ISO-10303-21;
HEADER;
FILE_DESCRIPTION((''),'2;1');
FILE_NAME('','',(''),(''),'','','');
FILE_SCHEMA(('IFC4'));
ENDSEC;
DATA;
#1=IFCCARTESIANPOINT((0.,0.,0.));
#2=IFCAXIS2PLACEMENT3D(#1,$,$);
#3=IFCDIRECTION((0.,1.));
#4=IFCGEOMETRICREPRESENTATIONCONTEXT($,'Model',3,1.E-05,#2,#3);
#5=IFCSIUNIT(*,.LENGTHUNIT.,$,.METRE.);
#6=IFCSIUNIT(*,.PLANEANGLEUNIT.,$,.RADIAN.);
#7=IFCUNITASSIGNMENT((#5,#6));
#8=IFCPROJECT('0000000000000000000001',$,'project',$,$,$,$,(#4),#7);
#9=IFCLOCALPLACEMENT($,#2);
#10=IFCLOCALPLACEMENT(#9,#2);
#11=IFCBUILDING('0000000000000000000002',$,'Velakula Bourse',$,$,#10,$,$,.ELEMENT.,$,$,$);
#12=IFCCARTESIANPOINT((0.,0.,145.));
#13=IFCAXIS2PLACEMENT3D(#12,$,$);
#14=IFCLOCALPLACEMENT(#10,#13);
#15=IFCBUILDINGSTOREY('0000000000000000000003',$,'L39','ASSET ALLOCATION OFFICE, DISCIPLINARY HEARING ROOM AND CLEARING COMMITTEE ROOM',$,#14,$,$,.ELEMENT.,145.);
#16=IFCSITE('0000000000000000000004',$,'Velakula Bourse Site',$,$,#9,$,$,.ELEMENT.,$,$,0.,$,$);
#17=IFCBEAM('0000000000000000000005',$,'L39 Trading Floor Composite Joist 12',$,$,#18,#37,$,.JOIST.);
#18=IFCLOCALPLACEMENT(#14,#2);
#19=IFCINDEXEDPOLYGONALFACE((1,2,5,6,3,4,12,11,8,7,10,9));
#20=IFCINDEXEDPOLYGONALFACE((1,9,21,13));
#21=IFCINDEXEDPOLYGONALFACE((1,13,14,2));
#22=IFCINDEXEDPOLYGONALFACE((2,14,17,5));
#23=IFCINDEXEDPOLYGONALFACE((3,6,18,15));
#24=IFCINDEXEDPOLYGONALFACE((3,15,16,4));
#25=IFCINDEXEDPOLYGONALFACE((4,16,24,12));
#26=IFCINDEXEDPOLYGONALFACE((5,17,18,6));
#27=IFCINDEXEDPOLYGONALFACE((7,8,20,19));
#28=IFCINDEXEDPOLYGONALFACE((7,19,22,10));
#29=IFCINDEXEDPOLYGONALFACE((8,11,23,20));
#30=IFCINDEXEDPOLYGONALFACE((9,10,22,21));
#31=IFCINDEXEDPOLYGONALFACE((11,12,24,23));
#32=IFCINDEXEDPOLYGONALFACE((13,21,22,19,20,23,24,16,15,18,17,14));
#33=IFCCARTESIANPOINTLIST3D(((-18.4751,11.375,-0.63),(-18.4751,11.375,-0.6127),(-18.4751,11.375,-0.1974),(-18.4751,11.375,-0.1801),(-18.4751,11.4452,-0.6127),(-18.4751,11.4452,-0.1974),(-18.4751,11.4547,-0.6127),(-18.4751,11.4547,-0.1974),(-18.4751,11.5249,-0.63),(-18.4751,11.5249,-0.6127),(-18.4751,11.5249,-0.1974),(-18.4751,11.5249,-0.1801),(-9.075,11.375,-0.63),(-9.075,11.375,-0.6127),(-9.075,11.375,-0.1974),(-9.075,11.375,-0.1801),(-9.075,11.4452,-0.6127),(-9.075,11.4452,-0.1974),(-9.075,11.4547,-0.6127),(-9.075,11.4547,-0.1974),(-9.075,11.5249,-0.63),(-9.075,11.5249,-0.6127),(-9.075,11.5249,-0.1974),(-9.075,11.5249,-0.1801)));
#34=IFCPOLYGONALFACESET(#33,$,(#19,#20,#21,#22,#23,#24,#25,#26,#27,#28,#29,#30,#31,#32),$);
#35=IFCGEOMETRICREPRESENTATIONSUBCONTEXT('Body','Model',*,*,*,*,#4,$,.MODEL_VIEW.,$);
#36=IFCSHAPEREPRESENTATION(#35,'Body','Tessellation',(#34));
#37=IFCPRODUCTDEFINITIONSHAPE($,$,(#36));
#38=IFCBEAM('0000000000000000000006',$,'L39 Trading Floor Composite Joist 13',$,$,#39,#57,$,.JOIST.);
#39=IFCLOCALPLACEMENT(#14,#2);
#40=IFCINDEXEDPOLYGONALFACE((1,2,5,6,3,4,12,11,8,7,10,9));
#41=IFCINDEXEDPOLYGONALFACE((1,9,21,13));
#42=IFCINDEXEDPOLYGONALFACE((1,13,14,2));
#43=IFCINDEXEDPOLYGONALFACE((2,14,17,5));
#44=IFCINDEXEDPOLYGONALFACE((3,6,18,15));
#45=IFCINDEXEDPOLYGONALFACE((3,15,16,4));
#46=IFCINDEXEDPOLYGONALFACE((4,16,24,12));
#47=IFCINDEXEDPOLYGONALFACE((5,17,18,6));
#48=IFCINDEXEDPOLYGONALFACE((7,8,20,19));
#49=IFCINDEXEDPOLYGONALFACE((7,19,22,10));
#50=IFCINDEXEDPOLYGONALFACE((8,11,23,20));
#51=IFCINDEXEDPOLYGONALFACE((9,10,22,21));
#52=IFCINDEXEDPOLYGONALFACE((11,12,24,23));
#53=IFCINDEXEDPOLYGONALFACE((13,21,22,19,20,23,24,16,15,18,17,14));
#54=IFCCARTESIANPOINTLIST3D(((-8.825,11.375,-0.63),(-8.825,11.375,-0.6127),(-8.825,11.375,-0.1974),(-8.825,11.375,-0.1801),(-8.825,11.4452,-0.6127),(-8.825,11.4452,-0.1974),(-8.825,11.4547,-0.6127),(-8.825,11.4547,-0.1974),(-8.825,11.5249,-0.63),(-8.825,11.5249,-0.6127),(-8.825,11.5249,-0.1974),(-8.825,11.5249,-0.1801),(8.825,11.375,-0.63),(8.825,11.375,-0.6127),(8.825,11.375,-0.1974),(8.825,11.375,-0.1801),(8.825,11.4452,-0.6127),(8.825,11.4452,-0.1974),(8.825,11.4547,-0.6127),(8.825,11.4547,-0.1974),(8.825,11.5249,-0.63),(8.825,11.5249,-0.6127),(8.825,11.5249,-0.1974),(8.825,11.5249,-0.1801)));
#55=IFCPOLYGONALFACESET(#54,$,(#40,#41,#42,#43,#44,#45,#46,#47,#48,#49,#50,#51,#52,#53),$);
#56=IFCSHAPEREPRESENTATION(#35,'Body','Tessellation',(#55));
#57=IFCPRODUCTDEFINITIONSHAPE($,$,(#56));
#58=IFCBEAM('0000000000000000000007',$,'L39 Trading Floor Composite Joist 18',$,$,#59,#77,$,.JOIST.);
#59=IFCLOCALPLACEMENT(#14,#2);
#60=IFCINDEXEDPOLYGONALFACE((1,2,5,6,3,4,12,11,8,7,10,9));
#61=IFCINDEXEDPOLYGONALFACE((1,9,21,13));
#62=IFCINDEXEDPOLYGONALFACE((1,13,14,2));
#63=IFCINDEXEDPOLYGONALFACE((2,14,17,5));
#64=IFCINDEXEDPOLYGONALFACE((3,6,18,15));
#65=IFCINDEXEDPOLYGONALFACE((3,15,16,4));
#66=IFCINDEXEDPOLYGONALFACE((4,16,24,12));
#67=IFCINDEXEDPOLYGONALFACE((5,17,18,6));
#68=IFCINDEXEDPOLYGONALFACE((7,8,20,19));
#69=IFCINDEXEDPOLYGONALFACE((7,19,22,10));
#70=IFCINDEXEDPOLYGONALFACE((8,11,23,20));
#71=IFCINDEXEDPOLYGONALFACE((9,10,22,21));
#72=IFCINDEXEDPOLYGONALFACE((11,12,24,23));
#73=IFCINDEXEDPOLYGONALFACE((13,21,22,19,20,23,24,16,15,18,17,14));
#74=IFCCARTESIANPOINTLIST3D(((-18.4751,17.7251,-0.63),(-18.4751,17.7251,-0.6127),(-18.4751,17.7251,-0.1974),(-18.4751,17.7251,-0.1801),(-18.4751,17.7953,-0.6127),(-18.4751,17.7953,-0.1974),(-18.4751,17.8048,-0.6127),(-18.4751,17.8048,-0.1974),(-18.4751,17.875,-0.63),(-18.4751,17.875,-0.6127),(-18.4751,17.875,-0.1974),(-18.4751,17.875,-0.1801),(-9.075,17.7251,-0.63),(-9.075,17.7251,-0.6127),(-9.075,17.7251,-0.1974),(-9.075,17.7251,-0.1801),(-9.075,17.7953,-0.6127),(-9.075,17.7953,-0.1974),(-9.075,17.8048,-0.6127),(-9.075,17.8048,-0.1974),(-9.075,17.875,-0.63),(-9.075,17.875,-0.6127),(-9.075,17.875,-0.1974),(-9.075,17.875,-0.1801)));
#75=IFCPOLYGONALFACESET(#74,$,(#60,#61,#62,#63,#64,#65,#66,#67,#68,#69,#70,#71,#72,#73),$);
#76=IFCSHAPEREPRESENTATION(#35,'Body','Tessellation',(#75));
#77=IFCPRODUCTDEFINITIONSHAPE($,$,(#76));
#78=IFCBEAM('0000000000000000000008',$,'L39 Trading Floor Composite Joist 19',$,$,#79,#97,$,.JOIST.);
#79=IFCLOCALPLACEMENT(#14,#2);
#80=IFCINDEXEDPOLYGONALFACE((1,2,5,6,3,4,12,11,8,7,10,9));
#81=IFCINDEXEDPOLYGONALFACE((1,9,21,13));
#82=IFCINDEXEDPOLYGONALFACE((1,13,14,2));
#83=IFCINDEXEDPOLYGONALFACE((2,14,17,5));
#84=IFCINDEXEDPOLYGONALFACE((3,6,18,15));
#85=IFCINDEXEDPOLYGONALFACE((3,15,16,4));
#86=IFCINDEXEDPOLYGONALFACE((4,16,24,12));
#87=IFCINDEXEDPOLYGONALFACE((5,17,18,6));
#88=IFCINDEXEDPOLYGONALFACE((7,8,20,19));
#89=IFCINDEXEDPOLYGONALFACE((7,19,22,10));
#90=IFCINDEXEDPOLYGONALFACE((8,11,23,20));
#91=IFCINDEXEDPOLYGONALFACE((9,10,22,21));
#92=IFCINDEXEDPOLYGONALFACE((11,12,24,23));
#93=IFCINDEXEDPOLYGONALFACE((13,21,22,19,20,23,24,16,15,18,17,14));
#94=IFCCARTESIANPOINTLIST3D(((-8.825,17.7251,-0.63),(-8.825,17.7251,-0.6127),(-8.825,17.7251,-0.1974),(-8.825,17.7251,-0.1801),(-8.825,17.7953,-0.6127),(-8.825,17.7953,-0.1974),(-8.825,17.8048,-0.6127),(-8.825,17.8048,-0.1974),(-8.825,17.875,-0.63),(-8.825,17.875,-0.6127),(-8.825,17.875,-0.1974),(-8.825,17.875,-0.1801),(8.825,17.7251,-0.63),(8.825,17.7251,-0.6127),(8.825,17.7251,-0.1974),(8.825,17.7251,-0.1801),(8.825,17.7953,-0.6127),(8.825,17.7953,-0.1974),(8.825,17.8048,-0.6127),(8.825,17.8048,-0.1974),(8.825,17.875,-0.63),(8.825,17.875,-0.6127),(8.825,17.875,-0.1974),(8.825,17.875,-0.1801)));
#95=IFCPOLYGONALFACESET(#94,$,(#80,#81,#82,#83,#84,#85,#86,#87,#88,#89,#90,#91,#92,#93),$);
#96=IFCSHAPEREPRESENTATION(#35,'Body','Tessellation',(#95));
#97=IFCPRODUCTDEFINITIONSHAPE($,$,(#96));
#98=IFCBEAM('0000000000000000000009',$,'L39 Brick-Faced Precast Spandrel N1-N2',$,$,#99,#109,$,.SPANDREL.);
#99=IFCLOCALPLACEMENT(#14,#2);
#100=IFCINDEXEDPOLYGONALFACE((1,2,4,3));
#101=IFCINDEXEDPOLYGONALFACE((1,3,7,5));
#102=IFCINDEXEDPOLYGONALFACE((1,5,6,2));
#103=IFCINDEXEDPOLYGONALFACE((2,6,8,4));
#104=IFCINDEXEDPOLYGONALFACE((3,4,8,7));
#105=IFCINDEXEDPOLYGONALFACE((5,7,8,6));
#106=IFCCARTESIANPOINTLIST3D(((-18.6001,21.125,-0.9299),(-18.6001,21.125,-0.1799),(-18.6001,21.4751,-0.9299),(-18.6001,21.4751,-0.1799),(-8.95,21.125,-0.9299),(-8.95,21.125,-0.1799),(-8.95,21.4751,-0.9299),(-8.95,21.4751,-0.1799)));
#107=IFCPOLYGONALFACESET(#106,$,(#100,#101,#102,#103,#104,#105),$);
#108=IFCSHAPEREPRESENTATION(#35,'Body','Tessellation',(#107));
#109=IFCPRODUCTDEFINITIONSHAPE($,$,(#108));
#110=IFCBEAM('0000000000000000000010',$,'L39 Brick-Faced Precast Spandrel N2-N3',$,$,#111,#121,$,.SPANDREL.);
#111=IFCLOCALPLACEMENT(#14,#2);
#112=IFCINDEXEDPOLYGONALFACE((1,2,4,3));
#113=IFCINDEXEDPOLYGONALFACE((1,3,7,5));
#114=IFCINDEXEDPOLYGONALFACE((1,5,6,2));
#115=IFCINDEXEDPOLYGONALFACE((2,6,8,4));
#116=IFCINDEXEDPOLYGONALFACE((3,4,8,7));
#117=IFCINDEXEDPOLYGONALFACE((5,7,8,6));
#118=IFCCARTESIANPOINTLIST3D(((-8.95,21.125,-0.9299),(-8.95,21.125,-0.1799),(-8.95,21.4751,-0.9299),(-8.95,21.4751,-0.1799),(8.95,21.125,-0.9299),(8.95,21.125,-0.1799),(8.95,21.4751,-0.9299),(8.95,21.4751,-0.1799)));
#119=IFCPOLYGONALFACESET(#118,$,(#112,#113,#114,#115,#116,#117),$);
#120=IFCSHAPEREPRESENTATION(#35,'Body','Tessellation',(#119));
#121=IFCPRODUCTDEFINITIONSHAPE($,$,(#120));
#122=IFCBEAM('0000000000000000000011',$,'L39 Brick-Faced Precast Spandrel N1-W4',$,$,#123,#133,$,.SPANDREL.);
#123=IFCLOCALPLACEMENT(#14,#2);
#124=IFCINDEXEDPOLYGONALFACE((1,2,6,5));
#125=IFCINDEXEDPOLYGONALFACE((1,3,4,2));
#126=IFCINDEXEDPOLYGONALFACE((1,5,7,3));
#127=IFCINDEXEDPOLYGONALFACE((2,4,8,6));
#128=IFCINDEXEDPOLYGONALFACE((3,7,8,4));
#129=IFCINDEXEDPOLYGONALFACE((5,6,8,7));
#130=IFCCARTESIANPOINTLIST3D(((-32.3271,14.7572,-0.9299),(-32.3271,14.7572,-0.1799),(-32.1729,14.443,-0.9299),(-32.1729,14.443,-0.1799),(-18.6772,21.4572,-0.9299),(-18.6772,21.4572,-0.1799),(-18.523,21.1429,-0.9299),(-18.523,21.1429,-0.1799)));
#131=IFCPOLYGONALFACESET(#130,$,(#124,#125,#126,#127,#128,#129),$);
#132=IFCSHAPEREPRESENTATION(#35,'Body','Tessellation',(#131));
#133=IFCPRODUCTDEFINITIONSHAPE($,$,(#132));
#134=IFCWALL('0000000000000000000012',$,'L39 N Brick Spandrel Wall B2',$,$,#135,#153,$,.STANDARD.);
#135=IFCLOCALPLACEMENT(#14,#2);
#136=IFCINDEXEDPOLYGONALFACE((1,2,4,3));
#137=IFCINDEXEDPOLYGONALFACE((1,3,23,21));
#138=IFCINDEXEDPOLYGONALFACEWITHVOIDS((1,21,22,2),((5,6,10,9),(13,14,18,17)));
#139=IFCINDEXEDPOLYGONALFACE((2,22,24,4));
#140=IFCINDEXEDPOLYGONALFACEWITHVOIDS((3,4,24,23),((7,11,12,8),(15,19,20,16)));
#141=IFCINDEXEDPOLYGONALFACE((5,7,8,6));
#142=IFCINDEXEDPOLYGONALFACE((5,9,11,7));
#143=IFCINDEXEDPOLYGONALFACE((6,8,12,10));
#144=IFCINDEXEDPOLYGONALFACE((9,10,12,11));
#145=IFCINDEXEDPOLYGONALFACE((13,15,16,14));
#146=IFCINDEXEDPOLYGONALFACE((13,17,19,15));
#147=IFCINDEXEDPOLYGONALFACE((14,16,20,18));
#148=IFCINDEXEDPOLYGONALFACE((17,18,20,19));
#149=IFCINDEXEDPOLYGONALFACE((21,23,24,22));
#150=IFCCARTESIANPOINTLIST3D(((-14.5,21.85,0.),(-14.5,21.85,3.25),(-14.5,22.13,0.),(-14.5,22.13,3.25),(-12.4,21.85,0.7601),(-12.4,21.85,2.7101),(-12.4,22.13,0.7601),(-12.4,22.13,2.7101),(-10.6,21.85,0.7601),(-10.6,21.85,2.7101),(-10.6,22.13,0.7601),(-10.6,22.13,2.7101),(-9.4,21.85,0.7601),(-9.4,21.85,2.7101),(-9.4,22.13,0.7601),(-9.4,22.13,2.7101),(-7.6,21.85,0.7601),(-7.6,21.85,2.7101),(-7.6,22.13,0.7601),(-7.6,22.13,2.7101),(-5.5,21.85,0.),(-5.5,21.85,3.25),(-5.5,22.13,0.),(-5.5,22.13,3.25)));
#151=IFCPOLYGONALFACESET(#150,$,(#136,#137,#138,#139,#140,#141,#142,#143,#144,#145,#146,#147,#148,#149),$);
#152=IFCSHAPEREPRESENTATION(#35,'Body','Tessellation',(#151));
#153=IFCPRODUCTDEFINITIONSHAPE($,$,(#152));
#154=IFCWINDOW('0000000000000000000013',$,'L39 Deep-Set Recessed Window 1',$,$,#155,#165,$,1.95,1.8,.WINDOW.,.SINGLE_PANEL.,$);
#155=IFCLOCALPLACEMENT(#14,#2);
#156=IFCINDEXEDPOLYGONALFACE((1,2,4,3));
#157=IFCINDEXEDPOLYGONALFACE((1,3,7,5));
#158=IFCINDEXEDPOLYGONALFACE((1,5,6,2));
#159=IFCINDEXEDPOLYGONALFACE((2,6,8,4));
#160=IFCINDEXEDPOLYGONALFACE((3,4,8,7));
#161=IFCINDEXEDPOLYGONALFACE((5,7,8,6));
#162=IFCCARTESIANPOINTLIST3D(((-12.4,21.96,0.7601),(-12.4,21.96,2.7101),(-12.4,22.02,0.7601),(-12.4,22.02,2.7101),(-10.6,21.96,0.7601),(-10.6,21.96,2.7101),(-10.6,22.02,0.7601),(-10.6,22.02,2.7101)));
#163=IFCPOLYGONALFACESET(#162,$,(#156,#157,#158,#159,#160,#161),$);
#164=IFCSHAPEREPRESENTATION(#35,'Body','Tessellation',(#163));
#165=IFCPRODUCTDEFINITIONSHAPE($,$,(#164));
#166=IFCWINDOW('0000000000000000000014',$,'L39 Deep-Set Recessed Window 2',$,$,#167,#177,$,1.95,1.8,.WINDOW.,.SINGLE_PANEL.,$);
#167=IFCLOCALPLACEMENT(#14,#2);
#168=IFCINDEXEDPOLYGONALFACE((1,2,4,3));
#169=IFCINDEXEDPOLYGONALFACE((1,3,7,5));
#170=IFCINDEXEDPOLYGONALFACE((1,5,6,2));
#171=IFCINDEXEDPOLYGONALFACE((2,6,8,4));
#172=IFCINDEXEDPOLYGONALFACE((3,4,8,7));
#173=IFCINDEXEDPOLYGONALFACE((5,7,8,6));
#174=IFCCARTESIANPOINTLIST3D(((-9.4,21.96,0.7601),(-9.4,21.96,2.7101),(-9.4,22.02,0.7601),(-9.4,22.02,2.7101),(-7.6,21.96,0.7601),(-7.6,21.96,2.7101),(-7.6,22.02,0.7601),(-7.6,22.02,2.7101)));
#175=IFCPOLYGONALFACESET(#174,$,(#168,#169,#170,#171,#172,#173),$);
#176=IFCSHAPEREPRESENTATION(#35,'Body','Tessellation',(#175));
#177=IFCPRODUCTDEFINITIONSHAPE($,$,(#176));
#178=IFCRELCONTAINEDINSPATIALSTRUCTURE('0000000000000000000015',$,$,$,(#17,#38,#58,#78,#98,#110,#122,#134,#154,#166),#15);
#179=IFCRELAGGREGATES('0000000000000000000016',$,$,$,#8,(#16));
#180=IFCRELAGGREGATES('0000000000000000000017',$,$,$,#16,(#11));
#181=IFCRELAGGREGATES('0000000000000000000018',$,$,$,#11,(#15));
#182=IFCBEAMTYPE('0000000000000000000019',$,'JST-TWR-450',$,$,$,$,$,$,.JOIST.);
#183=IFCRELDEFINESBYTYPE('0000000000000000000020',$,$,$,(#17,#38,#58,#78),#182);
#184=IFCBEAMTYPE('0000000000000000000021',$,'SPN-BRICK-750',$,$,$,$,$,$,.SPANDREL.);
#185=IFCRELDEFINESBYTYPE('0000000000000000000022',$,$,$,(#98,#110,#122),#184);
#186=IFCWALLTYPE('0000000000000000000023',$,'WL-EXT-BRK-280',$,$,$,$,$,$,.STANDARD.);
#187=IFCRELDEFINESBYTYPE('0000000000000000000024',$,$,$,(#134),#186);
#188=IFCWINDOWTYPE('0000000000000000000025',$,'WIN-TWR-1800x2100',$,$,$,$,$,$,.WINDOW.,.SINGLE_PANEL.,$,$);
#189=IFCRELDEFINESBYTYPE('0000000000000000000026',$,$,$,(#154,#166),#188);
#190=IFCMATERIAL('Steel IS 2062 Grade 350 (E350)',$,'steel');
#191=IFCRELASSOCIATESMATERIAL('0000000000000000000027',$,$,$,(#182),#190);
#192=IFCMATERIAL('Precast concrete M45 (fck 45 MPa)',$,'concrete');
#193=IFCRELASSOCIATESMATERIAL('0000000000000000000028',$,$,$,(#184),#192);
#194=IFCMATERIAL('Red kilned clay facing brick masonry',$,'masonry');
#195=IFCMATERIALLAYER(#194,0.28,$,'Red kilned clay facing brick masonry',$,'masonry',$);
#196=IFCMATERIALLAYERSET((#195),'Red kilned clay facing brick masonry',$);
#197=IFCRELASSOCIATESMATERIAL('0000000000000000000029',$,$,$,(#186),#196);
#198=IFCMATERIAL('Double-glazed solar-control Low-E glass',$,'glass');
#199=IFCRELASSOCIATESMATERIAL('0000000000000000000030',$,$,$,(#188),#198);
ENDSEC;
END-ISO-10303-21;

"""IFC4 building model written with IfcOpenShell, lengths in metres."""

from ifc_helpers import new_model, si_unit, direction, frame, frame_2d, origin, origin_2d, place, context, subcontext, project, spatial, rectangle, i_section, extrude, material, layer, layer_set, material_profile, profile_set, type_object, element, fill, save


model = new_model("IFC4")

# Units and contexts
model_context = context("Model", 3, precision=1e-05, world=origin(), true_north=direction((0.0, 1.0)))
body_context = subcontext(model_context, "Body", "Model", "MODEL_VIEW")
ifc_project = project(units=[si_unit("LENGTHUNIT", "METRE"), si_unit("PLANEANGLEUNIT", "RADIAN")], contexts=[model_context])

# Site, building, storey
site_placement = place(None, origin())
site = spatial("IfcSite", under=ifc_project, at=site_placement, Name="Velakula Bourse Site", CompositionType="ELEMENT", RefElevation=0.0)
building_placement = place(site_placement, origin())
building = spatial("IfcBuilding", under=site, at=building_placement, Name="Velakula Bourse", CompositionType="ELEMENT")
storey_placement = place(building_placement, frame((0.0, 0.0, 145.0)))
storey = spatial("IfcBuildingStorey", under=building, at=storey_placement, Name="L39", Description="ASSET ALLOCATION OFFICE, DISCIPLINARY HEARING ROOM AND CLEARING COMMITTEE ROOM", CompositionType="ELEMENT", Elevation=145.0)

# Shared definitions
ifc_material_1 = material(Name="Steel IS 2062 Grade 350 (E350)", Category="steel")
ifc_material_2 = material(Name="Precast concrete M45 (fck 45 MPa)", Category="concrete")

# Beams
ifc_material_profile_1 = material_profile(ifc_material_1, i_section(OverallWidth=0.1499, OverallDepth=0.45, WebThickness=0.0095, FlangeThickness=0.0173, at=origin_2d()), Name="Steel IS 2062 Grade 350 (E350)")
ifc_profile_set_1 = profile_set([ifc_material_profile_1], Name="Steel IS 2062 Grade 350 (E350)")
beam_type_1 = type_object("IfcBeamType", Name="JST-TWR-450", PredefinedType="JOIST", material=ifc_profile_set_1)
beam_1_placement = place(storey_placement, frame((-18.4751, 11.45, -0.405), z_axis=(1.0, 0.0, 0.0), x_axis=(0.0, 1.0, 0.0)))
element("IfcBeam", 1, at=beam_1_placement, inside=storey, type_object=beam_type_1, Name="L39 Trading Floor Composite Joist 12", PredefinedType="JOIST", context=body_context, shape_type="SweptSolid", body=[
    extrude(i_section(OverallWidth=0.1499, OverallDepth=0.45, WebThickness=0.0095, FlangeThickness=0.0173, at=origin_2d()), origin(), (0.0, 0.0, 1.0), 9.4001),
])
beam_2_placement = place(storey_placement, frame((-8.825, 11.45, -0.405), z_axis=(1.0, 0.0, 0.0), x_axis=(0.0, 1.0, 0.0)))
element("IfcBeam", 2, at=beam_2_placement, inside=storey, type_object=beam_type_1, Name="L39 Trading Floor Composite Joist 13", PredefinedType="JOIST", context=body_context, shape_type="SweptSolid", body=[
    extrude(i_section(OverallWidth=0.1499, OverallDepth=0.45, WebThickness=0.0095, FlangeThickness=0.0173, at=origin_2d()), origin(), (0.0, 0.0, 1.0), 17.6499),
])
beam_3_placement = place(storey_placement, frame((-18.4751, 17.8, -0.405), z_axis=(1.0, 0.0, 0.0), x_axis=(0.0, 1.0, 0.0)))
element("IfcBeam", 3, at=beam_3_placement, inside=storey, type_object=beam_type_1, Name="L39 Trading Floor Composite Joist 18", PredefinedType="JOIST", context=body_context, shape_type="SweptSolid", body=[
    extrude(i_section(OverallWidth=0.1499, OverallDepth=0.45, WebThickness=0.0095, FlangeThickness=0.0173, at=origin_2d()), origin(), (0.0, 0.0, 1.0), 9.4001),
])
beam_4_placement = place(storey_placement, frame((-8.825, 17.8, -0.405), z_axis=(1.0, 0.0, 0.0), x_axis=(0.0, 1.0, 0.0)))
element("IfcBeam", 4, at=beam_4_placement, inside=storey, type_object=beam_type_1, Name="L39 Trading Floor Composite Joist 19", PredefinedType="JOIST", context=body_context, shape_type="SweptSolid", body=[
    extrude(i_section(OverallWidth=0.1499, OverallDepth=0.45, WebThickness=0.0095, FlangeThickness=0.0173, at=origin_2d()), origin(), (0.0, 0.0, 1.0), 17.6499),
])
ifc_material_profile_2 = material_profile(ifc_material_2, rectangle(XDim=0.3501, YDim=0.75, at=origin_2d()), Name="Precast concrete M45 (fck 45 MPa)")
ifc_profile_set_2 = profile_set([ifc_material_profile_2], Name="Precast concrete M45 (fck 45 MPa)")
beam_type_2 = type_object("IfcBeamType", Name="SPN-BRICK-750", PredefinedType="SPANDREL", material=ifc_profile_set_2)
beam_5_placement = place(storey_placement, frame((-18.6001, 21.3, -0.5549), z_axis=(1.0, 0.0, 0.0), x_axis=(0.0, 1.0, 0.0)))
element("IfcBeam", 5, at=beam_5_placement, inside=storey, type_object=beam_type_2, Name="L39 Brick-Faced Precast Spandrel N1-N2", PredefinedType="SPANDREL", context=body_context, shape_type="SweptSolid", body=[
    extrude(rectangle(XDim=0.3501, YDim=0.75, at=origin_2d()), origin(), (0.0, 0.0, 1.0), 9.6501),
])
beam_6_placement = place(storey_placement, frame((-8.95, 21.3, -0.5549), z_axis=(1.0, 0.0, 0.0), x_axis=(0.0, 1.0, 0.0)))
element("IfcBeam", 6, at=beam_6_placement, inside=storey, type_object=beam_type_2, Name="L39 Brick-Faced Precast Spandrel N2-N3", PredefinedType="SPANDREL", context=body_context, shape_type="SweptSolid", body=[
    extrude(rectangle(XDim=0.3501, YDim=0.75, at=origin_2d()), origin(), (0.0, 0.0, 1.0), 17.8999),
])
beam_7_placement = place(storey_placement, frame((-18.6001, 21.3, -0.5549), z_axis=(-0.897691, -0.440625, 0.0), x_axis=(0.440625, -0.897691, 0.0)))
element("IfcBeam", 7, at=beam_7_placement, inside=storey, type_object=beam_type_2, Name="L39 Brick-Faced Precast Spandrel N1-W4", PredefinedType="SPANDREL", context=body_context, shape_type="SweptSolid", body=[
    extrude(rectangle(XDim=0.3501, YDim=0.75, at=origin_2d()), origin(), (0.0, 0.0, 1.0), 15.2056),
])

# Wall, openings, windows
ifc_material_3 = material(Name="Red kilned clay facing brick masonry", Category="masonry")
ifc_layer_1 = layer(ifc_material_3, 0.28, Name="Red kilned clay facing brick masonry", Category="masonry")
ifc_layer_set_1 = layer_set([ifc_layer_1], Name="Red kilned clay facing brick masonry")
wall_type_1 = type_object("IfcWallType", Name="WL-EXT-BRK-280", PredefinedType="STANDARD", material=ifc_layer_set_1)
wall_1_placement = place(storey_placement, frame((-14.5, 21.99, 0.0), z_axis=(0.0, 0.0, 1.0), x_axis=(1.0, 0.0, 0.0)))
wall_1 = element("IfcWall", 8, at=wall_1_placement, inside=storey, type_object=wall_type_1, Name="L39 N Brick Spandrel Wall B2", PredefinedType="STANDARD", context=body_context, shape_type="SweptSolid", body=[
    extrude(rectangle(XDim=9.0, YDim=0.28, at=frame_2d((4.5, 0.0))), origin(), (0.0, 0.0, 1.0), 3.25),
])
opening_1_placement = place(wall_1_placement, frame((2.1001, 0.0, 0.76)))
opening_1 = element("IfcOpeningElement", 9, at=opening_1_placement, cuts=wall_1, PredefinedType="OPENING", context=body_context, shape_type="SweptSolid", body=[
    extrude(rectangle(XDim=1.8, YDim=1.95, at=frame_2d((0.8999, 0.9751))), frame((0.0, 0.1499, 0.0), z_axis=(0.0, -1.0, 0.0), x_axis=(1.0, 0.0, 0.0)), (0.0, 0.0, 1.0), 0.3),
])
opening_2_placement = place(wall_1_placement, frame((5.1001, 0.0, 0.76)))
opening_2 = element("IfcOpeningElement", 10, at=opening_2_placement, cuts=wall_1, PredefinedType="OPENING", context=body_context, shape_type="SweptSolid", body=[
    extrude(rectangle(XDim=1.8, YDim=1.95, at=frame_2d((0.8999, 0.9751))), frame((0.0, 0.1499, 0.0), z_axis=(0.0, -1.0, 0.0), x_axis=(1.0, 0.0, 0.0)), (0.0, 0.0, 1.0), 0.3),
])
ifc_material_4 = material(Name="Double-glazed solar-control Low-E glass", Category="glass")
window_type = type_object("IfcWindowType", Name="WIN-TWR-1800x2100", PartitioningType="SINGLE_PANEL", PredefinedType="WINDOW", material=ifc_material_4)
window_1_placement = place(opening_1_placement, origin())
window_1 = element("IfcWindow", 11, at=window_1_placement, inside=storey, type_object=window_type, Name="L39 Deep-Set Recessed Window 1", OverallHeight=1.95, OverallWidth=1.8, PartitioningType="SINGLE_PANEL", PredefinedType="WINDOW", context=body_context, shape_type="SweptSolid", body=[
    extrude(rectangle(XDim=1.8, YDim=1.95, at=frame_2d((0.8999, 0.9751))), frame((0.0, 0.03, 0.0), z_axis=(0.0, -1.0, 0.0), x_axis=(1.0, 0.0, 0.0)), (0.0, 0.0, 1.0), 0.0601),
])
fill(opening_1, window_1)
window_2_placement = place(opening_2_placement, origin())
window_2 = element("IfcWindow", 12, at=window_2_placement, inside=storey, type_object=window_type, Name="L39 Deep-Set Recessed Window 2", OverallHeight=1.95, OverallWidth=1.8, PartitioningType="SINGLE_PANEL", PredefinedType="WINDOW", context=body_context, shape_type="SweptSolid", body=[
    extrude(rectangle(XDim=1.8, YDim=1.95, at=frame_2d((0.8999, 0.9751))), frame((0.0, 0.03, 0.0), z_axis=(0.0, -1.0, 0.0), x_axis=(1.0, 0.0, 0.0)), (0.0, 0.0, 1.0), 0.0601),
])
fill(opening_2, window_2)

save(model, "model.ifc")
